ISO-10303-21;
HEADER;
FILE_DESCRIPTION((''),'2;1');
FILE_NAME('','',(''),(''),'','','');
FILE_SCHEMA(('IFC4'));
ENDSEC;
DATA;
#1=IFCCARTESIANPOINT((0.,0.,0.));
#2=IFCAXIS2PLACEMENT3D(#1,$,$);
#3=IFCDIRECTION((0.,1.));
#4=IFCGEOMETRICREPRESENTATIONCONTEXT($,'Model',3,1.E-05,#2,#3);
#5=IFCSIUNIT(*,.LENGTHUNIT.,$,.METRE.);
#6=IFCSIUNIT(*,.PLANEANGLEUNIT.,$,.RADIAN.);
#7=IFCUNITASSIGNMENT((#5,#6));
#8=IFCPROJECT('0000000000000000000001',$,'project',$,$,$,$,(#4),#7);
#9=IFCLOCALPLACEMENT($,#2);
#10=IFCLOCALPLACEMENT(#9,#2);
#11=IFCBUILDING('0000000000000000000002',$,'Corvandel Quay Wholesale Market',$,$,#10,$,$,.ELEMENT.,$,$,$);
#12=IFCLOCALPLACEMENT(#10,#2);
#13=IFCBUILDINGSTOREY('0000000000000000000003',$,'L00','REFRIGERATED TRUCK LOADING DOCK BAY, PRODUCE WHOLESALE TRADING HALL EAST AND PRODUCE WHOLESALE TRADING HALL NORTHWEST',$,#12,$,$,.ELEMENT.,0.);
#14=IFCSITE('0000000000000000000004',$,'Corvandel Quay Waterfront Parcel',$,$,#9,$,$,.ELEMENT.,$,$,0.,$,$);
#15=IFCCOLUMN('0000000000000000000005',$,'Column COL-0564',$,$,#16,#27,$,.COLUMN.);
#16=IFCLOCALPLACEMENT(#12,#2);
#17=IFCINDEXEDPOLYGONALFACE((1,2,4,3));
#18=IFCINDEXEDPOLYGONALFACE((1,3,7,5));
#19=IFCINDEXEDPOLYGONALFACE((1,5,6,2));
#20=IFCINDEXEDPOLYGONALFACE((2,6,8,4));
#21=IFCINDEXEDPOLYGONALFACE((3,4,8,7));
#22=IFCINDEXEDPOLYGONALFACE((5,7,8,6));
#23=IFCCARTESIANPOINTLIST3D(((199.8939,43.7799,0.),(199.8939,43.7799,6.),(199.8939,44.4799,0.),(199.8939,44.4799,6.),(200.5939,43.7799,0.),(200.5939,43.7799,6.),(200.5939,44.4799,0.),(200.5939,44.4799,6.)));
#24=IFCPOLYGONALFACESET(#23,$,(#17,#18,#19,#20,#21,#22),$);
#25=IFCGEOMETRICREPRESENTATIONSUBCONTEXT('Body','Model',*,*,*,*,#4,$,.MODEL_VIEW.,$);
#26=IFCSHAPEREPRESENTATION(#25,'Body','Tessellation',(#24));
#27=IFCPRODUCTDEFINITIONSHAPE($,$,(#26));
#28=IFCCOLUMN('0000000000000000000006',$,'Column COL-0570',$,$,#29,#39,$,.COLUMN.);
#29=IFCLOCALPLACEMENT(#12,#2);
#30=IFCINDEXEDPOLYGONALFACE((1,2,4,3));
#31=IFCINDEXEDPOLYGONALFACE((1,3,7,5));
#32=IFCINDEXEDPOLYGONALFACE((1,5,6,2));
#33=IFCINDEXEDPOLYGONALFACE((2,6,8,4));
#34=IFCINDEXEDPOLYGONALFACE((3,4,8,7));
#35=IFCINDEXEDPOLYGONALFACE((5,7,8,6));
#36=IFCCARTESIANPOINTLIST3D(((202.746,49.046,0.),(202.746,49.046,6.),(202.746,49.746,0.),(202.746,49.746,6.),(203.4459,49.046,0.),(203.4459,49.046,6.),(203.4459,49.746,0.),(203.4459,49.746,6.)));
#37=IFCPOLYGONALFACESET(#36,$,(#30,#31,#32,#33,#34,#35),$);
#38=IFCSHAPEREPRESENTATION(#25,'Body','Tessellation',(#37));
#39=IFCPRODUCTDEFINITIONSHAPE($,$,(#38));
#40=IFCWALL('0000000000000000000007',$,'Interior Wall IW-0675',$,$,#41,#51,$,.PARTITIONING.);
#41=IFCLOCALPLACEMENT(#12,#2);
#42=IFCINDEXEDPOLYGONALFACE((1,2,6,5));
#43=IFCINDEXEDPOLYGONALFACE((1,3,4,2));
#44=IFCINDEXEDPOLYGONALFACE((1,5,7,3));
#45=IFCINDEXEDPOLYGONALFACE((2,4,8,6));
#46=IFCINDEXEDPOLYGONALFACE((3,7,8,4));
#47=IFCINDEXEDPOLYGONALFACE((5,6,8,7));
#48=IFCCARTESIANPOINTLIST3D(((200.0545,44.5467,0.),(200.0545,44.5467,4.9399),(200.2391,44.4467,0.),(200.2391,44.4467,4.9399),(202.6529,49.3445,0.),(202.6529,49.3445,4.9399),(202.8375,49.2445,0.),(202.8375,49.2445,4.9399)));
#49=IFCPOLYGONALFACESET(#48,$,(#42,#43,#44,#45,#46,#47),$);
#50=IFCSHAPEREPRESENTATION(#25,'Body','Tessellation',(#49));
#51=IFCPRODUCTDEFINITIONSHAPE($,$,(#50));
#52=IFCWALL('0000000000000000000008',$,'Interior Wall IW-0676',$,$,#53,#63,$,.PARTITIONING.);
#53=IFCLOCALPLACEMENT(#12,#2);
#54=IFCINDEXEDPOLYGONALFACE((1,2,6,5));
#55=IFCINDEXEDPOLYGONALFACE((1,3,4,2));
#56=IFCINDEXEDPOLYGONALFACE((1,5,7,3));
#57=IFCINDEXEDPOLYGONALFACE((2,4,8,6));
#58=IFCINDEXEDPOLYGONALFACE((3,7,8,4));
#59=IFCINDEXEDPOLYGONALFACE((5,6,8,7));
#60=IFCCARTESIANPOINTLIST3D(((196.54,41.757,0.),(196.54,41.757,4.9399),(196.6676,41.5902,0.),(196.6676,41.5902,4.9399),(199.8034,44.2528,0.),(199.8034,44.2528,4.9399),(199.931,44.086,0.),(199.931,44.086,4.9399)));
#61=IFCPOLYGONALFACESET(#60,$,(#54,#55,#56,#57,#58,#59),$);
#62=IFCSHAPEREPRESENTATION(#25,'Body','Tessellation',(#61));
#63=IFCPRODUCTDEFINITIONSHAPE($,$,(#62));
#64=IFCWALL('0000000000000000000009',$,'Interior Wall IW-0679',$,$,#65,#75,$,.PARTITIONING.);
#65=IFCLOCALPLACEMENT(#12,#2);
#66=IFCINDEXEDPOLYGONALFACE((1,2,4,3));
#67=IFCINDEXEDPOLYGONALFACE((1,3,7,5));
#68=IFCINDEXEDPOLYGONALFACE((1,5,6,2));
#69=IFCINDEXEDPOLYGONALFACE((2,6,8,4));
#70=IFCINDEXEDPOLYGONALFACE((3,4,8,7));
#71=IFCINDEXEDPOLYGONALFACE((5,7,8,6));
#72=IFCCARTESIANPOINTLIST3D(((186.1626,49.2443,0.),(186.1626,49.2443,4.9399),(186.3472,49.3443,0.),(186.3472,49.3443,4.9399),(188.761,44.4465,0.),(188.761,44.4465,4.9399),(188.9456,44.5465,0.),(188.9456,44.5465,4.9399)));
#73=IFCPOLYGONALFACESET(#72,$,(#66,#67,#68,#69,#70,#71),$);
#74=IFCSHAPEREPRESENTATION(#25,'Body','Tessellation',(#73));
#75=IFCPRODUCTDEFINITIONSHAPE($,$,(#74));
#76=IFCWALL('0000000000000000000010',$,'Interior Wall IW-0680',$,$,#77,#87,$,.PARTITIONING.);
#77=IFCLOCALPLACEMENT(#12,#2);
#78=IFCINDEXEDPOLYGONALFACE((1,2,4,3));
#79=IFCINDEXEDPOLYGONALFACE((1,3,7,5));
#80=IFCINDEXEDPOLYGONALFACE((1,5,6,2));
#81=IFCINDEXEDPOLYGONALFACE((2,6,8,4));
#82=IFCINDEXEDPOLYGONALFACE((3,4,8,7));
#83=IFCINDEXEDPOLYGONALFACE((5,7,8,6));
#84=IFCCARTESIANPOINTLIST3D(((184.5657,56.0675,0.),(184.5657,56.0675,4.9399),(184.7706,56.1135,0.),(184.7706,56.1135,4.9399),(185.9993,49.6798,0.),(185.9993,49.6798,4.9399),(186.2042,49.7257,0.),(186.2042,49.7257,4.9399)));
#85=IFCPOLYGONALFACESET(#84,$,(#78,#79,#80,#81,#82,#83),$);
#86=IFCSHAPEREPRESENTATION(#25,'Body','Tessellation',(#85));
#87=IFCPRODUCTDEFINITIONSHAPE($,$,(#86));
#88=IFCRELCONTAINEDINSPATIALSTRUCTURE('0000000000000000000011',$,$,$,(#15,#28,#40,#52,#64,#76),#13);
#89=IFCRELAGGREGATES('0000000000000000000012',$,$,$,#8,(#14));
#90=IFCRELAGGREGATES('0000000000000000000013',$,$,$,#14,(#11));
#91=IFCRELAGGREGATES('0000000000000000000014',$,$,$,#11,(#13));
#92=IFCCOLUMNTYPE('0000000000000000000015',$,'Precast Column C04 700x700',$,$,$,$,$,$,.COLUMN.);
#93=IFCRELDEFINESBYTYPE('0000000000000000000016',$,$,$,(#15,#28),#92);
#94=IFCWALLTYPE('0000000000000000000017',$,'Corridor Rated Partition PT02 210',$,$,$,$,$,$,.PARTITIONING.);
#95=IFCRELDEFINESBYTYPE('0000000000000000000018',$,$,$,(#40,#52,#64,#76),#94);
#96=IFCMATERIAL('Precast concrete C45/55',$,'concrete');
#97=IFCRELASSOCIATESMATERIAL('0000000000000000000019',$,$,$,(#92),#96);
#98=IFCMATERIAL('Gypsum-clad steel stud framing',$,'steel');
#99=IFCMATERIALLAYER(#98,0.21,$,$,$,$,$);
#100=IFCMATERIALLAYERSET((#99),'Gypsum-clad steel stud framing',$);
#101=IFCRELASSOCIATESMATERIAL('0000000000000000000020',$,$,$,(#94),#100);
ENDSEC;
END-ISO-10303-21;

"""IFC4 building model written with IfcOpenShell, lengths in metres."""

from ifc_helpers import new_model, si_unit, direction, frame, frame_2d, origin, origin_2d, place, context, subcontext, project, spatial, rectangle, extrude, material, layer, layer_set, material_profile, profile_set, type_object, element, save


model = new_model("IFC4")

# Units and contexts
model_context = context("Model", 3, precision=1e-05, world=origin(), true_north=direction((0.0, 1.0)))
body_context = subcontext(model_context, "Body", "Model", "MODEL_VIEW")
ifc_project = project(units=[si_unit("LENGTHUNIT", "METRE"), si_unit("PLANEANGLEUNIT", "RADIAN")], contexts=[model_context])

# Site, building, storey
site_placement = place(None, origin())
site = spatial("IfcSite", under=ifc_project, at=site_placement, Name="Corvandel Quay Waterfront Parcel", CompositionType="ELEMENT", RefElevation=0.0)
building_placement = place(site_placement, origin())
building = spatial("IfcBuilding", under=site, at=building_placement, Name="Corvandel Quay Wholesale Market", CompositionType="ELEMENT")
storey_placement = place(building_placement, origin())
storey = spatial("IfcBuildingStorey", under=building, at=storey_placement, Name="L00", Description="REFRIGERATED TRUCK LOADING DOCK BAY, PRODUCE WHOLESALE TRADING HALL EAST AND PRODUCE WHOLESALE TRADING HALL NORTHWEST", CompositionType="ELEMENT", Elevation=0.0)

# Columns
ifc_material_1 = material(Name="Precast concrete C45/55", Category="concrete")
ifc_material_profile_1 = material_profile(ifc_material_1, rectangle(XDim=0.7, YDim=0.7, at=origin_2d()), Name="PC-COL-700x700")
ifc_profile_set_1 = profile_set([ifc_material_profile_1], Name="Precast concrete C45/55")
column_type = type_object("IfcColumnType", Name="Precast Column C04 700x700", PredefinedType="COLUMN", material=ifc_profile_set_1)
for number, where, z_axis, x_axis, name in (
    (1, (200.2439, 44.1299, 0.0), (0.0, 0.0, 1.0), (1.0, 0.0, 0.0), "Column COL-0564"),
    (2, (203.0959, 49.396, 0.0), (0.0, 0.0, 1.0), (1.0, 0.0, 0.0), "Column COL-0570"),
):
    element("IfcColumn", number, at=place(storey_placement, frame(where, z_axis=z_axis, x_axis=x_axis)), inside=storey, type_object=column_type, Name=name, PredefinedType="COLUMN", context=body_context, shape_type="SweptSolid", body=[
        extrude(rectangle(XDim=0.7, YDim=0.7, at=origin_2d()), origin(), (0.0, 0.0, 1.0), 6.0),
    ])

# Walls
ifc_material_2 = material(Name="Gypsum-clad steel stud framing", Category="steel")
ifc_layer_1 = layer(ifc_material_2, 0.21)
ifc_layer_set_1 = layer_set([ifc_layer_1], Name="Gypsum-clad steel stud framing")
wall_type = type_object("IfcWallType", Name="Corridor Rated Partition PT02 210", PredefinedType="PARTITIONING", material=ifc_layer_set_1)
wall_1_placement = place(storey_placement, frame((202.7451, 49.2944, 0.0), z_axis=(0.0, 0.0, 1.0), x_axis=(-0.47622, -0.879326, 0.0)))
element("IfcWall", 3, at=wall_1_placement, inside=storey, type_object=wall_type, Name="Interior Wall IW-0675", PredefinedType="PARTITIONING", context=body_context, shape_type="SweptSolid", body=[
    extrude(rectangle(XDim=5.4563, YDim=0.21, at=frame_2d((2.728, 0.0))), origin(), (0.0, 0.0, 1.0), 4.9399),
])
wall_2_placement = place(storey_placement, frame((199.8672, 44.1694, 0.0), z_axis=(0.0, 0.0, 1.0), x_axis=(-0.794324, -0.607494, 0.0)))
element("IfcWall", 4, at=wall_2_placement, inside=storey, type_object=wall_type, Name="Interior Wall IW-0676", PredefinedType="PARTITIONING", context=body_context, shape_type="SweptSolid", body=[
    extrude(rectangle(XDim=4.1084, YDim=0.21, at=frame_2d((2.0542, 0.0))), origin(), (0.0, 0.0, 1.0), 4.9399),
])
wall_3_placement = place(storey_placement, frame((188.8533, 44.4966, 0.0), z_axis=(0.0, 0.0, 1.0), x_axis=(-0.47622, 0.879326, 0.0)))
element("IfcWall", 5, at=wall_3_placement, inside=storey, type_object=wall_type, Name="Interior Wall IW-0679", PredefinedType="PARTITIONING", context=body_context, shape_type="SweptSolid", body=[
    extrude(rectangle(XDim=5.4563, YDim=0.21, at=frame_2d((2.728, 0.0))), origin(), (0.0, 0.0, 1.0), 4.9399),
])
wall_4_placement = place(storey_placement, frame((186.1018, 49.7026, 0.0), z_axis=(0.0, 0.0, 1.0), x_axis=(-0.218983, 0.975729, 0.0)))
element("IfcWall", 6, at=wall_4_placement, inside=storey, type_object=wall_type, Name="Interior Wall IW-0680", PredefinedType="PARTITIONING", context=body_context, shape_type="SweptSolid", body=[
    extrude(rectangle(XDim=6.5466, YDim=0.21, at=frame_2d((3.2734, 0.0))), origin(), (0.0, 0.0, 1.0), 4.9399),
])

save(model, "model.ifc")
